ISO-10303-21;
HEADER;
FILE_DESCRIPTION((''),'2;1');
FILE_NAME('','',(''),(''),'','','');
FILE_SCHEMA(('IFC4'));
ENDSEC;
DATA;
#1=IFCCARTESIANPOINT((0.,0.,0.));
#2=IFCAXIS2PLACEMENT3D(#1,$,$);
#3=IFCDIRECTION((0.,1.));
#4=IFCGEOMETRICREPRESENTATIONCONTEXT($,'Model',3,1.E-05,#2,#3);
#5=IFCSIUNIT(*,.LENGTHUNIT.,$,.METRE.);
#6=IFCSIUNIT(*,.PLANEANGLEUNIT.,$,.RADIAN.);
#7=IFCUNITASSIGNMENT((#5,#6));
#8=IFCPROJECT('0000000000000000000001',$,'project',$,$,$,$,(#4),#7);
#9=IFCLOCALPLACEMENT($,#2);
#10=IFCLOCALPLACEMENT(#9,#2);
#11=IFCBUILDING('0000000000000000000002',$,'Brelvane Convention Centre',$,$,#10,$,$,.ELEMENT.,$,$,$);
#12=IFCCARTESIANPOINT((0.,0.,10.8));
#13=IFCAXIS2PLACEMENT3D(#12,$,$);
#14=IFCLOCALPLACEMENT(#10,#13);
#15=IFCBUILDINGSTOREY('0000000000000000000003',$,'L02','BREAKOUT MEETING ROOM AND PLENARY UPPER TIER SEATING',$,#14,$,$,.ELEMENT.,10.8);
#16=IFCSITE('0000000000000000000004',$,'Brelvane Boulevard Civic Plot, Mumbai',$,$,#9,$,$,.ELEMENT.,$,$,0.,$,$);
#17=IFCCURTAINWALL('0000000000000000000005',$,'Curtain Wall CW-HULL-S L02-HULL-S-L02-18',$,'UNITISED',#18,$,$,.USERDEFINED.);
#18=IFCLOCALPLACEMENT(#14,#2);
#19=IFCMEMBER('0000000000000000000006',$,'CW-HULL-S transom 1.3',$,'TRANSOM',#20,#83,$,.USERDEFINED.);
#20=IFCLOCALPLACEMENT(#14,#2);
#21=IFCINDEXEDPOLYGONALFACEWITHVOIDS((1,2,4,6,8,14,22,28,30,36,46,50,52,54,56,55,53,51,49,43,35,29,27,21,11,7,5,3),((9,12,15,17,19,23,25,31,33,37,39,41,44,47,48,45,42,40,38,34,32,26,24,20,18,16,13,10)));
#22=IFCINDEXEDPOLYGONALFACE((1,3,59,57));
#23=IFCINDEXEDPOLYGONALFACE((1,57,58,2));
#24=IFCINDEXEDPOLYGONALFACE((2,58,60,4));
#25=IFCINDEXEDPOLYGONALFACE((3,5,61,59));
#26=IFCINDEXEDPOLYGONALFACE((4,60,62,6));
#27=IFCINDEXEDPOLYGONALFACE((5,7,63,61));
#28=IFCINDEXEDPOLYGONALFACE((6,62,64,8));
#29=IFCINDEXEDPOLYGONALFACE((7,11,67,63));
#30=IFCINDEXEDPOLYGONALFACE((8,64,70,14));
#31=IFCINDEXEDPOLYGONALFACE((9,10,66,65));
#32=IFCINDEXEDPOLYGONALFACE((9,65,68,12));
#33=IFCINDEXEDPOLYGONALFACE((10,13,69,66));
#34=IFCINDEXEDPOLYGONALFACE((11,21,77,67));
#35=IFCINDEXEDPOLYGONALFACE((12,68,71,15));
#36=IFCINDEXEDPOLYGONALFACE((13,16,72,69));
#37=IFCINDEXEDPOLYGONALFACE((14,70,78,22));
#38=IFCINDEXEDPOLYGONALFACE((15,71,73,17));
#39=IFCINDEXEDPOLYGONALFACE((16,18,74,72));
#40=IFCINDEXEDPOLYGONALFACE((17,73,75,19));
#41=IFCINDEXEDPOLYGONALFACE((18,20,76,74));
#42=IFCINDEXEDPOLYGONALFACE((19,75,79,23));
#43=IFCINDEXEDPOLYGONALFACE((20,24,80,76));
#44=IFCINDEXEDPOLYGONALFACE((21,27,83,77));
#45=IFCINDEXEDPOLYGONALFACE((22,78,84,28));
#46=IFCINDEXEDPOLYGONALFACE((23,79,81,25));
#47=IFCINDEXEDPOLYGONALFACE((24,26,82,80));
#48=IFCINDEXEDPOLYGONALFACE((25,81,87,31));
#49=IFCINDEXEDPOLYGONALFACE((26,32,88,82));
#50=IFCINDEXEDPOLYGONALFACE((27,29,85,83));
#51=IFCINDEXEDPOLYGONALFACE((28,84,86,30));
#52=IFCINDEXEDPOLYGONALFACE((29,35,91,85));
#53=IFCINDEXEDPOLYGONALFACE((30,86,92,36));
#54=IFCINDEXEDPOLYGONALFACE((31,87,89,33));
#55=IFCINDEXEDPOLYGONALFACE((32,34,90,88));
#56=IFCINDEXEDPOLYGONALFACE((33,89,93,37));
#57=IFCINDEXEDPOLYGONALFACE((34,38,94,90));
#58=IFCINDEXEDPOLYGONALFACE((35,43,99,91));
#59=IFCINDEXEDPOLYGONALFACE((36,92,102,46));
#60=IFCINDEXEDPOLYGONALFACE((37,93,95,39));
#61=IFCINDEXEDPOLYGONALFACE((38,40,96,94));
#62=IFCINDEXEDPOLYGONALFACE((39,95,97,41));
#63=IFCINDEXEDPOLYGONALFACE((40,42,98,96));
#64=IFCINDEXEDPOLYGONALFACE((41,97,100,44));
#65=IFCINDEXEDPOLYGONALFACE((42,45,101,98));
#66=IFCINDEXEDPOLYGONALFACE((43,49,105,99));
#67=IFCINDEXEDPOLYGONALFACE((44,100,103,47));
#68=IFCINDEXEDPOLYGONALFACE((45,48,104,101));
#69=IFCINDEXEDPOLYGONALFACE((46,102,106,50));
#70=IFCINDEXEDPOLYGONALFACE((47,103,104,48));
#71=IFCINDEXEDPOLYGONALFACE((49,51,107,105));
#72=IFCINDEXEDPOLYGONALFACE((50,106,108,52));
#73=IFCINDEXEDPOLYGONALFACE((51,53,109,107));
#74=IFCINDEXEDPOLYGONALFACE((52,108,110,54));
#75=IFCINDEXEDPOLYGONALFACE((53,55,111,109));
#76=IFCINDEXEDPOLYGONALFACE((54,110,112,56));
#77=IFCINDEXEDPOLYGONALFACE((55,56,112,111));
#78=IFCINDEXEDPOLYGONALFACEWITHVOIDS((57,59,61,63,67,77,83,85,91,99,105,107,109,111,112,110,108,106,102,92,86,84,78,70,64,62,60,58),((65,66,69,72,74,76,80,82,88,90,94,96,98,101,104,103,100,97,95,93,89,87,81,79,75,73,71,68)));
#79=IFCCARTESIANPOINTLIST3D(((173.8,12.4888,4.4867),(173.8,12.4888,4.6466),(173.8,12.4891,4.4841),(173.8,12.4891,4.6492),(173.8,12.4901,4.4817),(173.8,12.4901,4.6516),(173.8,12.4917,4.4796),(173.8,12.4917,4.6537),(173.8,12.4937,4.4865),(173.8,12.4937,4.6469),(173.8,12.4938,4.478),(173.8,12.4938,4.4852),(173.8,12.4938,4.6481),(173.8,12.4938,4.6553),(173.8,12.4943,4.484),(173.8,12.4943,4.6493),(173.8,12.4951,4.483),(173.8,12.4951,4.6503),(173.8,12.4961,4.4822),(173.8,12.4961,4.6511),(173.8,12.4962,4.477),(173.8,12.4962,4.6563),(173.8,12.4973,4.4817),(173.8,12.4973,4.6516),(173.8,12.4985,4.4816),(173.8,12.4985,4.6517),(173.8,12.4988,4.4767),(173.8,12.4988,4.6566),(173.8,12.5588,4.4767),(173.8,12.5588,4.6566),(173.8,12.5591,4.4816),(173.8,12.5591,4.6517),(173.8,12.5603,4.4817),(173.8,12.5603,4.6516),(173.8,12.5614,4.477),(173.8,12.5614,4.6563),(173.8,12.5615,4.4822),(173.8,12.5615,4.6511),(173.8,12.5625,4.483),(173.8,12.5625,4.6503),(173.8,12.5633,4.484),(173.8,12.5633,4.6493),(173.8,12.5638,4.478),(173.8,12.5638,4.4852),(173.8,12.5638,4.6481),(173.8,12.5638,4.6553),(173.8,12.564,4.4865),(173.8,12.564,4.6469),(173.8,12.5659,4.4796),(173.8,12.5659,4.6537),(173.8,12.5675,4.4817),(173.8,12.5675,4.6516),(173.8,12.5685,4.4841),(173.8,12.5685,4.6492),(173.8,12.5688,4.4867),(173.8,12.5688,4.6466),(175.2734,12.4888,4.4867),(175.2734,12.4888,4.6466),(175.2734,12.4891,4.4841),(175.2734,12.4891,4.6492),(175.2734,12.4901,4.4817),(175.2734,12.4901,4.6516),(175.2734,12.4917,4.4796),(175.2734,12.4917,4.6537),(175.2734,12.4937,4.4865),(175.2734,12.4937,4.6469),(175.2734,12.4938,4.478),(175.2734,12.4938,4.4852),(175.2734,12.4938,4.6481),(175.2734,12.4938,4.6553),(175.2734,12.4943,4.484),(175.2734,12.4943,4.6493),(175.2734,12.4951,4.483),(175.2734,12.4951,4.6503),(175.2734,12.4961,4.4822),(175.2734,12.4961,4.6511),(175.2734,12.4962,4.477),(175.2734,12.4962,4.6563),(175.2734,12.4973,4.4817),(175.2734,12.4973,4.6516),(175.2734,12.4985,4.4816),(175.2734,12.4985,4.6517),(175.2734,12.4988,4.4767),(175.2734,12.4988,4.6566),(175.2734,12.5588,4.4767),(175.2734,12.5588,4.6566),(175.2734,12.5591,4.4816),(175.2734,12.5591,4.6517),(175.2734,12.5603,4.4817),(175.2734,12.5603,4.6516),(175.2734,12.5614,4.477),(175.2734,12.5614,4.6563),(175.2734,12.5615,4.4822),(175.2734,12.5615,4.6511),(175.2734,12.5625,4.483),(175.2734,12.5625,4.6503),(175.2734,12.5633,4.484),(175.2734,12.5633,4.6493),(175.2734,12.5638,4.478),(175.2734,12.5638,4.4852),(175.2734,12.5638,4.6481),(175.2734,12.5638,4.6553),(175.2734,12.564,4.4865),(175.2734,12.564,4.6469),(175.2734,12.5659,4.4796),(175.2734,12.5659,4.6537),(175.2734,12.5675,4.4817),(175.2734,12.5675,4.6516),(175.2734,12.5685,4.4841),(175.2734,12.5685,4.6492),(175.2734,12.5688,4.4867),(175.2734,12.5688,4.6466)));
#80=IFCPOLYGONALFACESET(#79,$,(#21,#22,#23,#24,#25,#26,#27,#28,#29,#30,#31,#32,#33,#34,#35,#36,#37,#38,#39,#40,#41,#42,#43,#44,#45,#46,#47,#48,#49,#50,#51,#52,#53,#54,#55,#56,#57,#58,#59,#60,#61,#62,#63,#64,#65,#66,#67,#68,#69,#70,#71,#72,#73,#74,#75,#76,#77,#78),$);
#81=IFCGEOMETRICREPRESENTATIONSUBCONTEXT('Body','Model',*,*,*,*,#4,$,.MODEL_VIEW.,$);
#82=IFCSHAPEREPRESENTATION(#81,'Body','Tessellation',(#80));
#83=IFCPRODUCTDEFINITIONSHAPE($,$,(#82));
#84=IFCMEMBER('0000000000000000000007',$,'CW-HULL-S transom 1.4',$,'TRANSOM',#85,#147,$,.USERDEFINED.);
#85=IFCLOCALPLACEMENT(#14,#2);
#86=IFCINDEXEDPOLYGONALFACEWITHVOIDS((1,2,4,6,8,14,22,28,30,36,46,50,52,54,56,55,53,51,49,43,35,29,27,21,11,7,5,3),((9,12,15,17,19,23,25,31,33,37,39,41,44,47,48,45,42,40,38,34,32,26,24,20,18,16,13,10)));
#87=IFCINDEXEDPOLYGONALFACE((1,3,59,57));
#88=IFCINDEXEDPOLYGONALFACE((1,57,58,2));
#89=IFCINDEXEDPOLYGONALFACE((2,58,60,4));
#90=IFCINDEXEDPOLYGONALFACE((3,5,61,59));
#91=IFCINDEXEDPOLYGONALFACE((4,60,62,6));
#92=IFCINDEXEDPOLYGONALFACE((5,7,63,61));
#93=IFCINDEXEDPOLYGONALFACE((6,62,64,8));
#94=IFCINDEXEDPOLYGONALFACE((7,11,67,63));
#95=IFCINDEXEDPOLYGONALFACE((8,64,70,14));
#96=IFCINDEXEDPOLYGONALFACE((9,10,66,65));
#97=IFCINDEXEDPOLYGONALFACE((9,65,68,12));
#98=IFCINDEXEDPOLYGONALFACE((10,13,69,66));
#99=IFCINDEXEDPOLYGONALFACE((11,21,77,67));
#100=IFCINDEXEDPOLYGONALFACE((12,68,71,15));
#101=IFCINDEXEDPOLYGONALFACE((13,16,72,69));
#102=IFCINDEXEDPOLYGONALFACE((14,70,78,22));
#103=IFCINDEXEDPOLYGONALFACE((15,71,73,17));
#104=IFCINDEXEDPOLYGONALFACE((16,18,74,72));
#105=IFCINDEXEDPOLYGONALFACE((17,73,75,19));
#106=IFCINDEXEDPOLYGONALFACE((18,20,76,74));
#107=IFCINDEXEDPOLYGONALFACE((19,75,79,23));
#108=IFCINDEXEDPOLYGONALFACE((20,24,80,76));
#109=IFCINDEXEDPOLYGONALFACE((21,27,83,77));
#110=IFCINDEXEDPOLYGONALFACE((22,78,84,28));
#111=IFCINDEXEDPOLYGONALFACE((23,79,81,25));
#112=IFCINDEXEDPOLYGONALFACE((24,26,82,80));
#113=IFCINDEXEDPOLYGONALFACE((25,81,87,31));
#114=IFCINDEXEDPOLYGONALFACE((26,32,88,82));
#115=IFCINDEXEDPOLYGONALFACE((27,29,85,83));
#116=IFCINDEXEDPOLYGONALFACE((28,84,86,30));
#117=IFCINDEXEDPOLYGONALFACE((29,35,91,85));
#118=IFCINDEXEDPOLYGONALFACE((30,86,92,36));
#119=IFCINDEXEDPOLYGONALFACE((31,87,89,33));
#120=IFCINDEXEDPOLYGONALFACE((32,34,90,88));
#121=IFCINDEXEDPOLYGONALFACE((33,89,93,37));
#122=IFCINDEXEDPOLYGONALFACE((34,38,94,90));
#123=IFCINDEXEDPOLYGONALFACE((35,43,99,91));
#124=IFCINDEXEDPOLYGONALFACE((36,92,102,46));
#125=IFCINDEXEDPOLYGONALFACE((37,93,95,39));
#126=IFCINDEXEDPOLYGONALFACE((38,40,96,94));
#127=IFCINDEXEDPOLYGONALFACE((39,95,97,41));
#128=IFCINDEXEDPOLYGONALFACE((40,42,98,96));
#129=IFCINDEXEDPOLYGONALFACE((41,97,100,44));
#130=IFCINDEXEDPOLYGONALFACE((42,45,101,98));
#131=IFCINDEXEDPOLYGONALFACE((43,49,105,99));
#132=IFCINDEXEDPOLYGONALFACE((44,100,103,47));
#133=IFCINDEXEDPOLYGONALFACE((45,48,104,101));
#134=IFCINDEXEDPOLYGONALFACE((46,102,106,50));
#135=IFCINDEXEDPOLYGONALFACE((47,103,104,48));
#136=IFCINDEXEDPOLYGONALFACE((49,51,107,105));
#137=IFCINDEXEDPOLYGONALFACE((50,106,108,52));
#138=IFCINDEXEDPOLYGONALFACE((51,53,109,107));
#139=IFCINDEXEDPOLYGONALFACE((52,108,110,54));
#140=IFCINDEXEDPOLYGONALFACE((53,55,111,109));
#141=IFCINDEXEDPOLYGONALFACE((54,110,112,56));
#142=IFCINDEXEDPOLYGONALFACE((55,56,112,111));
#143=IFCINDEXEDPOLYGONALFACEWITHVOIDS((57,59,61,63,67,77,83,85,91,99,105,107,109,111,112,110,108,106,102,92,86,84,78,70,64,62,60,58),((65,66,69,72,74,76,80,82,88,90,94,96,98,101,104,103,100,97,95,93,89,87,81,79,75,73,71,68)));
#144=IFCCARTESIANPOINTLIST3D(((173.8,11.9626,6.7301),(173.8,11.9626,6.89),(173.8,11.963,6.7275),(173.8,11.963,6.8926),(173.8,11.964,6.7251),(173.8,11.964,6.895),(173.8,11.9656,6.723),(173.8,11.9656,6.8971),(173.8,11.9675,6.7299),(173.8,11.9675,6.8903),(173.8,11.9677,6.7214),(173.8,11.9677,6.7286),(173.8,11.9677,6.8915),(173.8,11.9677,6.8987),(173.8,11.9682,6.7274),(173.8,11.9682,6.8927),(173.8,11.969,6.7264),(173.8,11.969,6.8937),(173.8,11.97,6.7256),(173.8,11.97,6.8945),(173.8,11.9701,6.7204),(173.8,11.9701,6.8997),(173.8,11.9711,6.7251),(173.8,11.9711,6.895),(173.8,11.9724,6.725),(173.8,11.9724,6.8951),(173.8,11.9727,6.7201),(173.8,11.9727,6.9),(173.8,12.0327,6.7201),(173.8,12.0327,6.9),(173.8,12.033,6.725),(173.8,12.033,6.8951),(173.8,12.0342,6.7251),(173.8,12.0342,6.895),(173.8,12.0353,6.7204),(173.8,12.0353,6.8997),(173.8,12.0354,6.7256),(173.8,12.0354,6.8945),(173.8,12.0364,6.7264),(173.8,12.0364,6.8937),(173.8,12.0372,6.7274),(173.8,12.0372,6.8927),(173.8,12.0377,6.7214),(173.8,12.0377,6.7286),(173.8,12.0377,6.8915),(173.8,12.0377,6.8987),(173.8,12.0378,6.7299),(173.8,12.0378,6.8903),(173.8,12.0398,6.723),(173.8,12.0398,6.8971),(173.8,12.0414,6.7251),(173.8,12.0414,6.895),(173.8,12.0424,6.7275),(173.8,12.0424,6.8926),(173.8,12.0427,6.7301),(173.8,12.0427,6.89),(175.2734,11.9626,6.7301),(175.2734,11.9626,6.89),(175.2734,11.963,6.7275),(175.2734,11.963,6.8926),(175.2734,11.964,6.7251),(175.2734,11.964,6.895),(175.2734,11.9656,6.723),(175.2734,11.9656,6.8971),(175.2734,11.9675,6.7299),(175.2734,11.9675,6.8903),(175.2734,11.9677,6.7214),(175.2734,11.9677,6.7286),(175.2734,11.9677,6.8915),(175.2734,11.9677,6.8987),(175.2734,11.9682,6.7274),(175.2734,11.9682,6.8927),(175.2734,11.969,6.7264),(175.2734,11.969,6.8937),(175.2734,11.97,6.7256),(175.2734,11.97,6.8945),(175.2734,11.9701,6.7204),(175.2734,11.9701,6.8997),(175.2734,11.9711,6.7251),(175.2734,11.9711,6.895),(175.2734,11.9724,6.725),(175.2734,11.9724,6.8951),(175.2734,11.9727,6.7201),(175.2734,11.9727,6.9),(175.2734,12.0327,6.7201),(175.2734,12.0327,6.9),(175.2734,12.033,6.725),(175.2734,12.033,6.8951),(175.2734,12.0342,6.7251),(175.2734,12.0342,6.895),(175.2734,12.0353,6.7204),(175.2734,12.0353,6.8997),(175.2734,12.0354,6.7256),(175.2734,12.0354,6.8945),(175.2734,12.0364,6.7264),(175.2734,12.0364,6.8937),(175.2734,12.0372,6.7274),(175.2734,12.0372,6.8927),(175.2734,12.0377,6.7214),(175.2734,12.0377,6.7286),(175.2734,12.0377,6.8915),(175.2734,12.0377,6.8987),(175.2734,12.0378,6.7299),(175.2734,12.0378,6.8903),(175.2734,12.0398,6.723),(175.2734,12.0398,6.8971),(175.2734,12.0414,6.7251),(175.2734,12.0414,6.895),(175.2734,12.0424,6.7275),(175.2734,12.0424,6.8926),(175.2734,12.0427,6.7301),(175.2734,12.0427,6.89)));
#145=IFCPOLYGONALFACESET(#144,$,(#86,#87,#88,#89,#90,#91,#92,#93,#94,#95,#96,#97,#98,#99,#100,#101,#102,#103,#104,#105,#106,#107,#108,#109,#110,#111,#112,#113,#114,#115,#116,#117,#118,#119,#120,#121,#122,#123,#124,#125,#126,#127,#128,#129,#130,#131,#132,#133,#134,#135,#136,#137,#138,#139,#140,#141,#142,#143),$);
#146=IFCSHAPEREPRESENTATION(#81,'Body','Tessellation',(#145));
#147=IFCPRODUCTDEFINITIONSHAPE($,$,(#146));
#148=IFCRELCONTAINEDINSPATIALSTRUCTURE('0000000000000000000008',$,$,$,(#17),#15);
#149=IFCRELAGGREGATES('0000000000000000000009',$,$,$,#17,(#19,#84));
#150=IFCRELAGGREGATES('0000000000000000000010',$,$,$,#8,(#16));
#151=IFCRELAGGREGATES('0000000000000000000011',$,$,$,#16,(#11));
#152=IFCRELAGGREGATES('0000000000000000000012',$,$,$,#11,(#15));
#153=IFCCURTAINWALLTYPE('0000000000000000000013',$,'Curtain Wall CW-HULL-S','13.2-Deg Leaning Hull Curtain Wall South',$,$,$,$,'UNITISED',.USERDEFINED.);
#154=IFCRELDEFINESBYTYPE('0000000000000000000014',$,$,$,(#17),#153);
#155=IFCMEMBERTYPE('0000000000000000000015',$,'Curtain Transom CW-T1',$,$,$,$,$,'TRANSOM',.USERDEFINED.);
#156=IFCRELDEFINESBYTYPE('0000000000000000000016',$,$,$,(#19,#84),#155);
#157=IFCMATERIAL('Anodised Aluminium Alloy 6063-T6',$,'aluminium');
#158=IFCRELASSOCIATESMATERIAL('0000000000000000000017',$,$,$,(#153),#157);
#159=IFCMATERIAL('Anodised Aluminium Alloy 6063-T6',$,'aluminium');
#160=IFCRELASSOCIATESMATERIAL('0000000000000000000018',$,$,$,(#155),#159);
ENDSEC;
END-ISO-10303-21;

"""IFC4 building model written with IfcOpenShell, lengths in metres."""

from ifc_helpers import new_model, si_unit, direction, frame, origin, origin_2d, place, context, subcontext, project, spatial, hollow_rectangle, extrude, material, material_profile, profile_set, type_object, element, aggregate, save


model = new_model("IFC4")

# Units and contexts
model_context = context("Model", 3, precision=1e-05, world=origin(), true_north=direction((0.0, 1.0)))
body_context = subcontext(model_context, "Body", "Model", "MODEL_VIEW")
ifc_project = project(units=[si_unit("LENGTHUNIT", "METRE"), si_unit("PLANEANGLEUNIT", "RADIAN")], contexts=[model_context])

# Site, building, storey
site_placement = place(None, origin())
site = spatial("IfcSite", under=ifc_project, at=site_placement, Name="Brelvane Boulevard Civic Plot, Mumbai", CompositionType="ELEMENT", RefElevation=0.0)
building_placement = place(site_placement, origin())
building = spatial("IfcBuilding", under=site, at=building_placement, Name="Brelvane Convention Centre", CompositionType="ELEMENT")
storey_placement = place(building_placement, frame((0.0, 0.0, 10.8)))
storey = spatial("IfcBuildingStorey", under=building, at=storey_placement, Name="L02", Description="BREAKOUT MEETING ROOM AND PLENARY UPPER TIER SEATING", CompositionType="ELEMENT", Elevation=10.8)

# Curtain wall, members
ifc_material_1 = material(Name="Anodised Aluminium Alloy 6063-T6", Category="aluminium")
curtain_wall_type = type_object("IfcCurtainWallType", Name="Curtain Wall CW-HULL-S", Description="13.2-Deg Leaning Hull Curtain Wall South", ElementType="UNITISED", PredefinedType="USERDEFINED", material=ifc_material_1)
ifc_material_2 = material(Name="Anodised Aluminium Alloy 6063-T6", Category="aluminium")
ifc_material_profile = material_profile(ifc_material_2, hollow_rectangle(XDim=0.0801, YDim=0.1799, WallThickness=0.0049, InnerFilletRadius=0.0049, OuterFilletRadius=0.01, at=origin_2d()), Name="ALU-T 180x80x5.0")
ifc_profile_set = profile_set([ifc_material_profile], Name="Anodised Aluminium Alloy 6063-T6")
member_type = type_object("IfcMemberType", Name="Curtain Transom CW-T1", ElementType="TRANSOM", PredefinedType="USERDEFINED", material=ifc_profile_set)
curtain_wall_1_placement = place(storey_placement, origin())
curtain_wall_1 = element("IfcCurtainWall", 1, at=curtain_wall_1_placement, inside=storey, type_object=curtain_wall_type, Name="Curtain Wall CW-HULL-S L02-HULL-S-L02-18", ObjectType="UNITISED", PredefinedType="USERDEFINED")
member_1_placement = place(storey_placement, frame((173.8, 12.5288, 4.5667), z_axis=(1.0, 0.0, 0.0), x_axis=(0.0, 1.0, 0.0)))
member_1 = element("IfcMember", 2, at=member_1_placement, type_object=member_type, Name="CW-HULL-S transom 1.3", ObjectType="TRANSOM", PredefinedType="USERDEFINED", context=body_context, shape_type="SweptSolid", body=[
    extrude(hollow_rectangle(XDim=0.0801, YDim=0.1799, WallThickness=0.0049, InnerFilletRadius=0.0049, OuterFilletRadius=0.01, at=origin_2d()), origin(), (0.0, 0.0, 1.0), 1.4734),
])
member_2_placement = place(storey_placement, frame((173.8, 12.0027, 6.8101), z_axis=(1.0, 0.0, 0.0), x_axis=(0.0, 1.0, 0.0)))
member_2 = element("IfcMember", 3, at=member_2_placement, type_object=member_type, Name="CW-HULL-S transom 1.4", ObjectType="TRANSOM", PredefinedType="USERDEFINED", context=body_context, shape_type="SweptSolid", body=[
    extrude(hollow_rectangle(XDim=0.0801, YDim=0.1799, WallThickness=0.0049, InnerFilletRadius=0.0049, OuterFilletRadius=0.01, at=origin_2d()), origin(), (0.0, 0.0, 1.0), 1.4734),
])

aggregate(curtain_wall_1, [member_1, member_2])

save(model, "model.ifc")
